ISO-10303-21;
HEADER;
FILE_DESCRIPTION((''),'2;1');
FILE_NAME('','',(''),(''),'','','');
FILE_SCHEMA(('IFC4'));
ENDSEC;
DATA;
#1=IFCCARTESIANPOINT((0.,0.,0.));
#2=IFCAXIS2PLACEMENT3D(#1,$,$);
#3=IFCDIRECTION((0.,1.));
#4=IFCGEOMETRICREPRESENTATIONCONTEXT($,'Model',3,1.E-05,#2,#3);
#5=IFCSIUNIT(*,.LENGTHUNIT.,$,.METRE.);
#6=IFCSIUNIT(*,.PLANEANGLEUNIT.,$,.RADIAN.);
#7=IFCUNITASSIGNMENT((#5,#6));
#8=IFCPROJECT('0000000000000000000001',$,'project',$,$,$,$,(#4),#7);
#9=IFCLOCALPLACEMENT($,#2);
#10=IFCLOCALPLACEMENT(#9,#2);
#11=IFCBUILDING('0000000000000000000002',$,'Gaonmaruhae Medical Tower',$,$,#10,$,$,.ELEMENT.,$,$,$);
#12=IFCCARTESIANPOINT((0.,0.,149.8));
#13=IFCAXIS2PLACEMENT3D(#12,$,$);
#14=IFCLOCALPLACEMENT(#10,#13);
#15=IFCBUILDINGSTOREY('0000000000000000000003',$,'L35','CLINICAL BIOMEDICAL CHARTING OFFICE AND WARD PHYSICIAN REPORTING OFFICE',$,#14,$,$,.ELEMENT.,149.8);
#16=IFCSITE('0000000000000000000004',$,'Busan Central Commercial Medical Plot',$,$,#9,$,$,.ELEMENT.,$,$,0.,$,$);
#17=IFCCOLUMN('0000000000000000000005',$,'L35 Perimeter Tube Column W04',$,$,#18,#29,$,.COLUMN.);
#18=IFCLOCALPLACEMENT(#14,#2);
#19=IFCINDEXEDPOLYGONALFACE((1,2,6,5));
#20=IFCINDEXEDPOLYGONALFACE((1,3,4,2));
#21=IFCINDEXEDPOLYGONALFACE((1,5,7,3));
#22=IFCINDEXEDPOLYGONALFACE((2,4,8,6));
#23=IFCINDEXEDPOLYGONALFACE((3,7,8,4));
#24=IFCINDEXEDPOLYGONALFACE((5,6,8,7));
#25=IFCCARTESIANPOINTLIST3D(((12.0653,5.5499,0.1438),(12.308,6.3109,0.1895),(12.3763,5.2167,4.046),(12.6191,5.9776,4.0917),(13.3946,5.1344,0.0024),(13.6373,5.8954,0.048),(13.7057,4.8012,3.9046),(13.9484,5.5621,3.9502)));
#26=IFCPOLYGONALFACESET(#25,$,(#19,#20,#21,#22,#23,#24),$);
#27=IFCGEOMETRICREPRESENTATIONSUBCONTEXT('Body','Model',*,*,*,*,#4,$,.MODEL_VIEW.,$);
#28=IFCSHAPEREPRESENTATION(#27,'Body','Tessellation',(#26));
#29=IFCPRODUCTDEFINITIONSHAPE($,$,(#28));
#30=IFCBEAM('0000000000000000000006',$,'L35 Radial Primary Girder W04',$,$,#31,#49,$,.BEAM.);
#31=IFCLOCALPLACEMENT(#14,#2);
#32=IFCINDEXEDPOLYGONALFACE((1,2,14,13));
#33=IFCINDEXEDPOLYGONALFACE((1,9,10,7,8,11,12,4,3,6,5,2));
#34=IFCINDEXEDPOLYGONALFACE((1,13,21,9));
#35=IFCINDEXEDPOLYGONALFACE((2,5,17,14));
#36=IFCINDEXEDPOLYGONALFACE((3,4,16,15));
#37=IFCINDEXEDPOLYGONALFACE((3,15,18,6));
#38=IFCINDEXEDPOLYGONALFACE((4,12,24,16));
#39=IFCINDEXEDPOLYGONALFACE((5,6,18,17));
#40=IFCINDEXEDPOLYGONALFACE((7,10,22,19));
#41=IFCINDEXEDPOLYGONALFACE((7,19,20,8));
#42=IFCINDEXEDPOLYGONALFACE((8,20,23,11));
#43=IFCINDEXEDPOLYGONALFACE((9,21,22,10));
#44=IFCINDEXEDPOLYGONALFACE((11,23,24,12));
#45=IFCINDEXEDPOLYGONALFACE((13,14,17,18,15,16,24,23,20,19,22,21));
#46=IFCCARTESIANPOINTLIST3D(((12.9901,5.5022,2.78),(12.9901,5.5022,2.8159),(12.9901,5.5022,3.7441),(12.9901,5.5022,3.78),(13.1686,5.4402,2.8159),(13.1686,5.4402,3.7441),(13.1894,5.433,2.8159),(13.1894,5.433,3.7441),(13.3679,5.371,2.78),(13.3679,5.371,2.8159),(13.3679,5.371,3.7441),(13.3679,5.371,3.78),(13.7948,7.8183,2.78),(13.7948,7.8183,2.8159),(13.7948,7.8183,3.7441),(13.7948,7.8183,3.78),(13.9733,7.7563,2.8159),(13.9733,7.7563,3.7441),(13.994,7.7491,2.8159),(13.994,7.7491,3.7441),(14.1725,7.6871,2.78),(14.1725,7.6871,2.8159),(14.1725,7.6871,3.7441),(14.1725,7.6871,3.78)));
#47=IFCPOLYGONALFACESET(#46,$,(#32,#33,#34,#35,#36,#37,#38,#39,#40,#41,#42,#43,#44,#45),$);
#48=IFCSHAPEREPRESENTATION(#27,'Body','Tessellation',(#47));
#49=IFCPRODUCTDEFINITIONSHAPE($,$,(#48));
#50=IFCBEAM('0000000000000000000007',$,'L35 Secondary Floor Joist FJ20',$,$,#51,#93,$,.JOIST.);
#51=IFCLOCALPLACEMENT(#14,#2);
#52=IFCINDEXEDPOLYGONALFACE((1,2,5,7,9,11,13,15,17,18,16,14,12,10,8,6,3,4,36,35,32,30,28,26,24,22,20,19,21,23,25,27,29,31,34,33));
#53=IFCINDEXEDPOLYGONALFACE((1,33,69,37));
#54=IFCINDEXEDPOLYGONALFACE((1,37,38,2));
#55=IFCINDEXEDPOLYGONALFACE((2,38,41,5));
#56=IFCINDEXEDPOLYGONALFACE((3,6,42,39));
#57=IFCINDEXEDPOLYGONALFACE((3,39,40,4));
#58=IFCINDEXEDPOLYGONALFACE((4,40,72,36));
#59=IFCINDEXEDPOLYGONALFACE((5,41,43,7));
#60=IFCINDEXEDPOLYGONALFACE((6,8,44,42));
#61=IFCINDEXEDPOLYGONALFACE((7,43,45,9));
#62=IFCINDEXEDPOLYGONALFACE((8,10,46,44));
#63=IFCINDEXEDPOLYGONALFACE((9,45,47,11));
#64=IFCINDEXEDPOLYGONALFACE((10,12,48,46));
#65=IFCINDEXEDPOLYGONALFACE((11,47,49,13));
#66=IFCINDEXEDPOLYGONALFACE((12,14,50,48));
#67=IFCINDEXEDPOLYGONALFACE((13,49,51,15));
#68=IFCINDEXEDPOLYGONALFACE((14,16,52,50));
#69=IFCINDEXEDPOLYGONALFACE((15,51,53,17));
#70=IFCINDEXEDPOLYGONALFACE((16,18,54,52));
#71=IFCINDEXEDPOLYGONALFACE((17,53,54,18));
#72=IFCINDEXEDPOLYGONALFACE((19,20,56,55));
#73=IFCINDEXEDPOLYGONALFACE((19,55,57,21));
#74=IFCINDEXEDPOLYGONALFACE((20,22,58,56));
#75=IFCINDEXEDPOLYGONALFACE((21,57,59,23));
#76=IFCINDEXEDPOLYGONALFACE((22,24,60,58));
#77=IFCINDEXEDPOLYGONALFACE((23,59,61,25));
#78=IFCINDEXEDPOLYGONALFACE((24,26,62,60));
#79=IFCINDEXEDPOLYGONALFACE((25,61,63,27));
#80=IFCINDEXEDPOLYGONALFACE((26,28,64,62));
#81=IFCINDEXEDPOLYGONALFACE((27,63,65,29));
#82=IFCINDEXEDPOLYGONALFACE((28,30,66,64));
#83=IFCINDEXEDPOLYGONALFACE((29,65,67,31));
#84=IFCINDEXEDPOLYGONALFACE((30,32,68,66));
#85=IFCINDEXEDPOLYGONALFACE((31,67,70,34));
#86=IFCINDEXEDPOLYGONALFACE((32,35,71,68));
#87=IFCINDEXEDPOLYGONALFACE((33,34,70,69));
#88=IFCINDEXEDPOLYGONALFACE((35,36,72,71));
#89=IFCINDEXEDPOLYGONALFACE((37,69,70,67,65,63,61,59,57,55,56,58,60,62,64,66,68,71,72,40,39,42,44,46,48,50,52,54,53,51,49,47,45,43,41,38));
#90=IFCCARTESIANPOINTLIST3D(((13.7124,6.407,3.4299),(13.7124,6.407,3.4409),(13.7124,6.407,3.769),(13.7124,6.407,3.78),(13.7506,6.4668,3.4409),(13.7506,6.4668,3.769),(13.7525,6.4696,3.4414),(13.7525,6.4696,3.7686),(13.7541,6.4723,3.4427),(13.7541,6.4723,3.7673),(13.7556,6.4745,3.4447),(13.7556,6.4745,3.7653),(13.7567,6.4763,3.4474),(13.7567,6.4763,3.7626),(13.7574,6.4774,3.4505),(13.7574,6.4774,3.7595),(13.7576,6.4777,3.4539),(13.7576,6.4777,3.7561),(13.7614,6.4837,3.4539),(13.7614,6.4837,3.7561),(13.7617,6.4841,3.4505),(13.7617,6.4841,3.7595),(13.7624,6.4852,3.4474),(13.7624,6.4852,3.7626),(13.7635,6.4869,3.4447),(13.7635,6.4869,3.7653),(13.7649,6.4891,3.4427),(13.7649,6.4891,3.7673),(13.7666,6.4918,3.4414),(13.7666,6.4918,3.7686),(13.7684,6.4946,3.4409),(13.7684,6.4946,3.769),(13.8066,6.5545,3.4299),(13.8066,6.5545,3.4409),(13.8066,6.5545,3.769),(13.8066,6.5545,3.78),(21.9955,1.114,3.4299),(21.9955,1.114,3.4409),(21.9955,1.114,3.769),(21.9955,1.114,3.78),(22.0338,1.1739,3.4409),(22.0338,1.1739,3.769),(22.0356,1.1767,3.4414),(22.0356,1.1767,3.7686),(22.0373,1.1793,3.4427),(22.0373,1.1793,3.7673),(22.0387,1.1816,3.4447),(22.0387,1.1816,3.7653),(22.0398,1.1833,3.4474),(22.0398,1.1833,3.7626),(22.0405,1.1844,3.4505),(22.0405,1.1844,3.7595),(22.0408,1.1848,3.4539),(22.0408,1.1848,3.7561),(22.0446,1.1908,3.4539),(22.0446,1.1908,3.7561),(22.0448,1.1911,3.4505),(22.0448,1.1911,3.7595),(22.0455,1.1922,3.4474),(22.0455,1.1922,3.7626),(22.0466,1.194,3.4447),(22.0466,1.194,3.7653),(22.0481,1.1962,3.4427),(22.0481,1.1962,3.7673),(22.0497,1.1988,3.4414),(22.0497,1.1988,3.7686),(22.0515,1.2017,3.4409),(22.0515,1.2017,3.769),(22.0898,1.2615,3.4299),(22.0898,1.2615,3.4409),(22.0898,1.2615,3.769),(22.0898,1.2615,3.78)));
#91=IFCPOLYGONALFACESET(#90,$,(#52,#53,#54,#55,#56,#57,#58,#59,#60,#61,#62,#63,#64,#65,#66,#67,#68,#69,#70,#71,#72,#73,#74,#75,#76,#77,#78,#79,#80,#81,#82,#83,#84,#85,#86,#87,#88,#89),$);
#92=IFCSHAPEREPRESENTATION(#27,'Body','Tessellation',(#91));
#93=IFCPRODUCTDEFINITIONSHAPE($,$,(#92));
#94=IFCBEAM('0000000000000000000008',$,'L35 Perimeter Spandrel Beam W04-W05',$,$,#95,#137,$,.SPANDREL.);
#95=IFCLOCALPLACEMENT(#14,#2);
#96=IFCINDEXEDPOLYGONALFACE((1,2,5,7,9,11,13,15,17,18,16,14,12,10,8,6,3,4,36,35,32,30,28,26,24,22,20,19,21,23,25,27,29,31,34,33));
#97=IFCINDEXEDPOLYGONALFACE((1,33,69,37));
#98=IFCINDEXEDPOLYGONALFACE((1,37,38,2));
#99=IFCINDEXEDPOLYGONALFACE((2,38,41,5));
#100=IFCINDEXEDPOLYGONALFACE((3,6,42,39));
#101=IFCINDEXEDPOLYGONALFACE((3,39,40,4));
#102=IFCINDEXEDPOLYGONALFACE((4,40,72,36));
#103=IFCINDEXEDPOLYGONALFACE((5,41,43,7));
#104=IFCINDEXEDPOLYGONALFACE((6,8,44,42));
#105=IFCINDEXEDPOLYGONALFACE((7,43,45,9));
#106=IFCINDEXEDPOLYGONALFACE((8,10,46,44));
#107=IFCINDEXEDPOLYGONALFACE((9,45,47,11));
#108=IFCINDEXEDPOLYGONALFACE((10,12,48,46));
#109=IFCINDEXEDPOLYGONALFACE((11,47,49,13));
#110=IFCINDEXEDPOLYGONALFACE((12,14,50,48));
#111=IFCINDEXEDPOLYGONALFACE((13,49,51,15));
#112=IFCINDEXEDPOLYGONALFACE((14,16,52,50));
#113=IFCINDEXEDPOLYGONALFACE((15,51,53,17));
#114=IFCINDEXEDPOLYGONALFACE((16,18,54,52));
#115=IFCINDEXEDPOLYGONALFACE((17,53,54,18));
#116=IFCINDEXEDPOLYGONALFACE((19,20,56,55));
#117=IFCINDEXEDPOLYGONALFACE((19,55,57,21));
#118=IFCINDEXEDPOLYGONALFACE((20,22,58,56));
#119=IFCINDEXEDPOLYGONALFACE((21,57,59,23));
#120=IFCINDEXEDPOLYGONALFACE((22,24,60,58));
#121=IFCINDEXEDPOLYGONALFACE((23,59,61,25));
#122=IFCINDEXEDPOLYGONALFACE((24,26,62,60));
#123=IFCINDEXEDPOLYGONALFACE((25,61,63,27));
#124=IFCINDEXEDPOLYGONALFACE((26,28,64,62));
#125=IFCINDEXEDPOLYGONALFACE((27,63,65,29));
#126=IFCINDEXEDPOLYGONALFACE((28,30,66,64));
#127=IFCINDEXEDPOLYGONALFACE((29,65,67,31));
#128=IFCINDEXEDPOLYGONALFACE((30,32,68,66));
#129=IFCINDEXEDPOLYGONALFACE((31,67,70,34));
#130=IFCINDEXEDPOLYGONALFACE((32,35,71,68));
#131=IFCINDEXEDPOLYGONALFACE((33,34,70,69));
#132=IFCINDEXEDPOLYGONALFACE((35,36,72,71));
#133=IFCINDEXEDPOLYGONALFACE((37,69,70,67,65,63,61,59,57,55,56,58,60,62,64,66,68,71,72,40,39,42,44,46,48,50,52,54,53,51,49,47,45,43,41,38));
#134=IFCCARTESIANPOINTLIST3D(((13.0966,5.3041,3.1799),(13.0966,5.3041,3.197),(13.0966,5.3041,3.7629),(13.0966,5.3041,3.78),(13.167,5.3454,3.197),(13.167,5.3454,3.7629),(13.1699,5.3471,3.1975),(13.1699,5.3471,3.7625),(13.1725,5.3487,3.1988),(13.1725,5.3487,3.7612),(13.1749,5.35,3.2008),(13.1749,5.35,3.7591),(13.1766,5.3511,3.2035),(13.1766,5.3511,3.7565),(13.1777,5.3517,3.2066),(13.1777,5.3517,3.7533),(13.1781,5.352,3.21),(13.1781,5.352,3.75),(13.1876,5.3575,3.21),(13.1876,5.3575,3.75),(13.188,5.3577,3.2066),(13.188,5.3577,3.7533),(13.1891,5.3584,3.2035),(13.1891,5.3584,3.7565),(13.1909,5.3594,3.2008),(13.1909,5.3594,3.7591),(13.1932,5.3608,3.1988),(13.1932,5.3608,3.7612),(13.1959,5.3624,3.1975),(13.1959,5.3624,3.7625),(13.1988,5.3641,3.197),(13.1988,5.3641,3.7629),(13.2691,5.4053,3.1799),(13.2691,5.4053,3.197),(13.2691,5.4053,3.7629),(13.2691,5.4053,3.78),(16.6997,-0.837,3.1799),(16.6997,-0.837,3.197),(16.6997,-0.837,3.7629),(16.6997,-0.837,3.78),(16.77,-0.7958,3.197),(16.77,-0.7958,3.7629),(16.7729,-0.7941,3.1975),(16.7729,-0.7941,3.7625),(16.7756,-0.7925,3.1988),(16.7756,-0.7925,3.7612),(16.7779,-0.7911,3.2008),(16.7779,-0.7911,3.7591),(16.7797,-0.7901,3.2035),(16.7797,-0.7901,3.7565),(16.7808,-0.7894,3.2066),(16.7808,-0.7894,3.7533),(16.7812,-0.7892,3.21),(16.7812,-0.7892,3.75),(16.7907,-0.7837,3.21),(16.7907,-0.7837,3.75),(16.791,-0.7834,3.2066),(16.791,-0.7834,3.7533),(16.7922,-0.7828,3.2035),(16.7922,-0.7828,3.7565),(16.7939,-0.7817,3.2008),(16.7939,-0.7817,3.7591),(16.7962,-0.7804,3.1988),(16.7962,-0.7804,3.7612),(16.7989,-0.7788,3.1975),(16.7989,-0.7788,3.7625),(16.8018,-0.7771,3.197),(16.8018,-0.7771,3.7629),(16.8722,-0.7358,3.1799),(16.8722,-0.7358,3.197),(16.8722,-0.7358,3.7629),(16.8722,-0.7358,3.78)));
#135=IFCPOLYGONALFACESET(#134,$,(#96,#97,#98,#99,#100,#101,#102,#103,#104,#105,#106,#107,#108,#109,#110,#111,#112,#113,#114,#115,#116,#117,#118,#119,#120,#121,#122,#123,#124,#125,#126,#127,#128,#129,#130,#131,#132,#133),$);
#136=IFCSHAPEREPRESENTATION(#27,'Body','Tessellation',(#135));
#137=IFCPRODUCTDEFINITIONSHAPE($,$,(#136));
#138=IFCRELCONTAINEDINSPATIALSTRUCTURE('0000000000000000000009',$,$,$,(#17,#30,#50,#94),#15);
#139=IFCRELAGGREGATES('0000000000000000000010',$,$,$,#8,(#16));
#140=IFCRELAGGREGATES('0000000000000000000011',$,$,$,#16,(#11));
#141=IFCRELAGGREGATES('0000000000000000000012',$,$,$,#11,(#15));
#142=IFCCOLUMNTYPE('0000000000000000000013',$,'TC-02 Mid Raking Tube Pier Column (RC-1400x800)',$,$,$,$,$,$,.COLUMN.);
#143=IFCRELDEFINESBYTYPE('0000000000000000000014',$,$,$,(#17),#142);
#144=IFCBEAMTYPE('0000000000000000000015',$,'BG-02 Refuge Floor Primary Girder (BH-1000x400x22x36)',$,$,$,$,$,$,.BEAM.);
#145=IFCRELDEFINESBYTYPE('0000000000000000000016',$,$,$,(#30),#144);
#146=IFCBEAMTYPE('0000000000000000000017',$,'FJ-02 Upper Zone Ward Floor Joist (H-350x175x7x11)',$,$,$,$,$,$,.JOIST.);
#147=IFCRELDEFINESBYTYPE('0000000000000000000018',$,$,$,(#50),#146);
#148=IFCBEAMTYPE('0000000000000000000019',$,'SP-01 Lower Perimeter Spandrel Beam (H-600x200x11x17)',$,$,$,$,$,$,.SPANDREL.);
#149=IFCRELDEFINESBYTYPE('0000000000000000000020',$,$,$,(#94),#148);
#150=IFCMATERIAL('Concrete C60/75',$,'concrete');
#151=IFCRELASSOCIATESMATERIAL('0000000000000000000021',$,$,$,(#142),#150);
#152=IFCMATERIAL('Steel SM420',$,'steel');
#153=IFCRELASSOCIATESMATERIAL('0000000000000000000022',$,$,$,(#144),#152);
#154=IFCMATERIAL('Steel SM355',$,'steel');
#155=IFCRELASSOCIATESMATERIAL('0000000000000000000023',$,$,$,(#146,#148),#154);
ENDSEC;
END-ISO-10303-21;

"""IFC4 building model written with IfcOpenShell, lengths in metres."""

from ifc_helpers import new_model, si_unit, direction, frame, origin, origin_2d, place, context, subcontext, project, spatial, rectangle, i_section, extrude, material, material_profile, profile_set, type_object, element, save


model = new_model("IFC4")

# Units and contexts
model_context = context("Model", 3, precision=1e-05, world=origin(), true_north=direction((0.0, 1.0)))
body_context = subcontext(model_context, "Body", "Model", "MODEL_VIEW")
ifc_project = project(units=[si_unit("LENGTHUNIT", "METRE"), si_unit("PLANEANGLEUNIT", "RADIAN")], contexts=[model_context])

# Site, building, storey
site_placement = place(None, origin())
site = spatial("IfcSite", under=ifc_project, at=site_placement, Name="Busan Central Commercial Medical Plot", CompositionType="ELEMENT", RefElevation=0.0)
building_placement = place(site_placement, origin())
building = spatial("IfcBuilding", under=site, at=building_placement, Name="Gaonmaruhae Medical Tower", CompositionType="ELEMENT")
storey_placement = place(building_placement, frame((0.0, 0.0, 149.8)))
storey = spatial("IfcBuildingStorey", under=building, at=storey_placement, Name="L35", Description="CLINICAL BIOMEDICAL CHARTING OFFICE AND WARD PHYSICIAN REPORTING OFFICE", CompositionType="ELEMENT", Elevation=149.8)

# Column
ifc_material_1 = material(Name="Concrete C60/75", Category="concrete")
ifc_material_profile_1 = material_profile(ifc_material_1, rectangle(XDim=1.3999, YDim=0.8, at=origin_2d()), Name="RC-1400x800")
ifc_profile_set_1 = profile_set([ifc_material_profile_1], Name="Concrete C60/75")
column_type = type_object("IfcColumnType", Name="TC-02 Mid Raking Tube Pier Column (RC-1400x800)", PredefinedType="COLUMN", material=ifc_profile_set_1)
column_placement = place(storey_placement, frame((12.8513, 5.7227, 0.0959), z_axis=(0.079171, -0.084826, 0.993245), x_axis=(-0.949573, 0.296821, 0.10104)))
element("IfcColumn", 1, at=column_placement, inside=storey, type_object=column_type, Name="L35 Perimeter Tube Column W04", PredefinedType="COLUMN", context=body_context, shape_type="SweptSolid", body=[
    extrude(rectangle(XDim=1.3999, YDim=0.8, at=origin_2d()), origin(), (0.0, 0.0, 1.0), 3.9287),
])

# Beams
ifc_material_2 = material(Name="Steel SM420", Category="steel")
ifc_material_profile_2 = material_profile(ifc_material_2, i_section(OverallWidth=0.3999, OverallDepth=1.0, WebThickness=0.022, FlangeThickness=0.0359, at=origin_2d()), Name="BH-1000x400x22x36")
ifc_profile_set_2 = profile_set([ifc_material_profile_2], Name="Steel SM420")
beam_type_1 = type_object("IfcBeamType", Name="BG-02 Refuge Floor Primary Girder (BH-1000x400x22x36)", PredefinedType="BEAM", material=ifc_profile_set_2)
beam_1_placement = place(storey_placement, frame((13.9836, 7.7527, 3.28), z_axis=(-0.328181, -0.944615, 0.0), x_axis=(0.944615, -0.328181, 0.0)))
element("IfcBeam", 2, at=beam_1_placement, inside=storey, type_object=beam_type_1, Name="L35 Radial Primary Girder W04", PredefinedType="BEAM", context=body_context, shape_type="SweptSolid", body=[
    extrude(i_section(OverallWidth=0.3999, OverallDepth=1.0, WebThickness=0.022, FlangeThickness=0.0359, at=origin_2d()), origin(), (0.0, 0.0, 1.0), 2.4519),
])
ifc_material_3 = material(Name="Steel SM355", Category="steel")
ifc_material_profile_3 = material_profile(ifc_material_3, i_section(OverallWidth=0.175, OverallDepth=0.3501, WebThickness=0.0071, FlangeThickness=0.011, FilletRadius=0.0129, at=origin_2d()), Name="H-350x175x7x11")
ifc_profile_set_3 = profile_set([ifc_material_profile_3], Name="Steel SM355")
beam_type_2 = type_object("IfcBeamType", Name="FJ-02 Upper Zone Ward Floor Joist (H-350x175x7x11)", PredefinedType="JOIST", material=ifc_profile_set_3)
beam_2_placement = place(storey_placement, frame((13.7595, 6.4807, 3.605), z_axis=(0.842654, -0.538456, 0.0), x_axis=(0.538456, 0.842654, 0.0)))
element("IfcBeam", 3, at=beam_2_placement, inside=storey, type_object=beam_type_2, Name="L35 Secondary Floor Joist FJ20", PredefinedType="JOIST", context=body_context, shape_type="SweptSolid", body=[
    extrude(i_section(OverallWidth=0.175, OverallDepth=0.3501, WebThickness=0.0071, FlangeThickness=0.011, FilletRadius=0.0129, at=origin_2d()), origin(), (0.0, 0.0, 1.0), 9.8298),
])
ifc_material_profile_4 = material_profile(ifc_material_3, i_section(OverallWidth=0.2, OverallDepth=0.6001, WebThickness=0.011, FlangeThickness=0.0171, FilletRadius=0.0129, at=origin_2d()), Name="H-600x200x11x17")
ifc_profile_set_4 = profile_set([ifc_material_profile_4], Name="Steel SM355")
beam_type_3 = type_object("IfcBeamType", Name="SP-01 Lower Perimeter Spandrel Beam (H-600x200x11x17)", PredefinedType="SPANDREL", material=ifc_profile_set_4)
beam_3_placement = place(storey_placement, frame((13.1829, 5.3547, 3.48), z_axis=(0.50604, -0.86251, 0.0), x_axis=(0.86251, 0.50604, 0.0)))
element("IfcBeam", 4, at=beam_3_placement, inside=storey, type_object=beam_type_3, Name="L35 Perimeter Spandrel Beam W04-W05", PredefinedType="SPANDREL", context=body_context, shape_type="SweptSolid", body=[
    extrude(i_section(OverallWidth=0.2, OverallDepth=0.6001, WebThickness=0.011, FlangeThickness=0.0171, FilletRadius=0.0129, at=origin_2d()), origin(), (0.0, 0.0, 1.0), 7.1201),
])

save(model, "model.ifc")
